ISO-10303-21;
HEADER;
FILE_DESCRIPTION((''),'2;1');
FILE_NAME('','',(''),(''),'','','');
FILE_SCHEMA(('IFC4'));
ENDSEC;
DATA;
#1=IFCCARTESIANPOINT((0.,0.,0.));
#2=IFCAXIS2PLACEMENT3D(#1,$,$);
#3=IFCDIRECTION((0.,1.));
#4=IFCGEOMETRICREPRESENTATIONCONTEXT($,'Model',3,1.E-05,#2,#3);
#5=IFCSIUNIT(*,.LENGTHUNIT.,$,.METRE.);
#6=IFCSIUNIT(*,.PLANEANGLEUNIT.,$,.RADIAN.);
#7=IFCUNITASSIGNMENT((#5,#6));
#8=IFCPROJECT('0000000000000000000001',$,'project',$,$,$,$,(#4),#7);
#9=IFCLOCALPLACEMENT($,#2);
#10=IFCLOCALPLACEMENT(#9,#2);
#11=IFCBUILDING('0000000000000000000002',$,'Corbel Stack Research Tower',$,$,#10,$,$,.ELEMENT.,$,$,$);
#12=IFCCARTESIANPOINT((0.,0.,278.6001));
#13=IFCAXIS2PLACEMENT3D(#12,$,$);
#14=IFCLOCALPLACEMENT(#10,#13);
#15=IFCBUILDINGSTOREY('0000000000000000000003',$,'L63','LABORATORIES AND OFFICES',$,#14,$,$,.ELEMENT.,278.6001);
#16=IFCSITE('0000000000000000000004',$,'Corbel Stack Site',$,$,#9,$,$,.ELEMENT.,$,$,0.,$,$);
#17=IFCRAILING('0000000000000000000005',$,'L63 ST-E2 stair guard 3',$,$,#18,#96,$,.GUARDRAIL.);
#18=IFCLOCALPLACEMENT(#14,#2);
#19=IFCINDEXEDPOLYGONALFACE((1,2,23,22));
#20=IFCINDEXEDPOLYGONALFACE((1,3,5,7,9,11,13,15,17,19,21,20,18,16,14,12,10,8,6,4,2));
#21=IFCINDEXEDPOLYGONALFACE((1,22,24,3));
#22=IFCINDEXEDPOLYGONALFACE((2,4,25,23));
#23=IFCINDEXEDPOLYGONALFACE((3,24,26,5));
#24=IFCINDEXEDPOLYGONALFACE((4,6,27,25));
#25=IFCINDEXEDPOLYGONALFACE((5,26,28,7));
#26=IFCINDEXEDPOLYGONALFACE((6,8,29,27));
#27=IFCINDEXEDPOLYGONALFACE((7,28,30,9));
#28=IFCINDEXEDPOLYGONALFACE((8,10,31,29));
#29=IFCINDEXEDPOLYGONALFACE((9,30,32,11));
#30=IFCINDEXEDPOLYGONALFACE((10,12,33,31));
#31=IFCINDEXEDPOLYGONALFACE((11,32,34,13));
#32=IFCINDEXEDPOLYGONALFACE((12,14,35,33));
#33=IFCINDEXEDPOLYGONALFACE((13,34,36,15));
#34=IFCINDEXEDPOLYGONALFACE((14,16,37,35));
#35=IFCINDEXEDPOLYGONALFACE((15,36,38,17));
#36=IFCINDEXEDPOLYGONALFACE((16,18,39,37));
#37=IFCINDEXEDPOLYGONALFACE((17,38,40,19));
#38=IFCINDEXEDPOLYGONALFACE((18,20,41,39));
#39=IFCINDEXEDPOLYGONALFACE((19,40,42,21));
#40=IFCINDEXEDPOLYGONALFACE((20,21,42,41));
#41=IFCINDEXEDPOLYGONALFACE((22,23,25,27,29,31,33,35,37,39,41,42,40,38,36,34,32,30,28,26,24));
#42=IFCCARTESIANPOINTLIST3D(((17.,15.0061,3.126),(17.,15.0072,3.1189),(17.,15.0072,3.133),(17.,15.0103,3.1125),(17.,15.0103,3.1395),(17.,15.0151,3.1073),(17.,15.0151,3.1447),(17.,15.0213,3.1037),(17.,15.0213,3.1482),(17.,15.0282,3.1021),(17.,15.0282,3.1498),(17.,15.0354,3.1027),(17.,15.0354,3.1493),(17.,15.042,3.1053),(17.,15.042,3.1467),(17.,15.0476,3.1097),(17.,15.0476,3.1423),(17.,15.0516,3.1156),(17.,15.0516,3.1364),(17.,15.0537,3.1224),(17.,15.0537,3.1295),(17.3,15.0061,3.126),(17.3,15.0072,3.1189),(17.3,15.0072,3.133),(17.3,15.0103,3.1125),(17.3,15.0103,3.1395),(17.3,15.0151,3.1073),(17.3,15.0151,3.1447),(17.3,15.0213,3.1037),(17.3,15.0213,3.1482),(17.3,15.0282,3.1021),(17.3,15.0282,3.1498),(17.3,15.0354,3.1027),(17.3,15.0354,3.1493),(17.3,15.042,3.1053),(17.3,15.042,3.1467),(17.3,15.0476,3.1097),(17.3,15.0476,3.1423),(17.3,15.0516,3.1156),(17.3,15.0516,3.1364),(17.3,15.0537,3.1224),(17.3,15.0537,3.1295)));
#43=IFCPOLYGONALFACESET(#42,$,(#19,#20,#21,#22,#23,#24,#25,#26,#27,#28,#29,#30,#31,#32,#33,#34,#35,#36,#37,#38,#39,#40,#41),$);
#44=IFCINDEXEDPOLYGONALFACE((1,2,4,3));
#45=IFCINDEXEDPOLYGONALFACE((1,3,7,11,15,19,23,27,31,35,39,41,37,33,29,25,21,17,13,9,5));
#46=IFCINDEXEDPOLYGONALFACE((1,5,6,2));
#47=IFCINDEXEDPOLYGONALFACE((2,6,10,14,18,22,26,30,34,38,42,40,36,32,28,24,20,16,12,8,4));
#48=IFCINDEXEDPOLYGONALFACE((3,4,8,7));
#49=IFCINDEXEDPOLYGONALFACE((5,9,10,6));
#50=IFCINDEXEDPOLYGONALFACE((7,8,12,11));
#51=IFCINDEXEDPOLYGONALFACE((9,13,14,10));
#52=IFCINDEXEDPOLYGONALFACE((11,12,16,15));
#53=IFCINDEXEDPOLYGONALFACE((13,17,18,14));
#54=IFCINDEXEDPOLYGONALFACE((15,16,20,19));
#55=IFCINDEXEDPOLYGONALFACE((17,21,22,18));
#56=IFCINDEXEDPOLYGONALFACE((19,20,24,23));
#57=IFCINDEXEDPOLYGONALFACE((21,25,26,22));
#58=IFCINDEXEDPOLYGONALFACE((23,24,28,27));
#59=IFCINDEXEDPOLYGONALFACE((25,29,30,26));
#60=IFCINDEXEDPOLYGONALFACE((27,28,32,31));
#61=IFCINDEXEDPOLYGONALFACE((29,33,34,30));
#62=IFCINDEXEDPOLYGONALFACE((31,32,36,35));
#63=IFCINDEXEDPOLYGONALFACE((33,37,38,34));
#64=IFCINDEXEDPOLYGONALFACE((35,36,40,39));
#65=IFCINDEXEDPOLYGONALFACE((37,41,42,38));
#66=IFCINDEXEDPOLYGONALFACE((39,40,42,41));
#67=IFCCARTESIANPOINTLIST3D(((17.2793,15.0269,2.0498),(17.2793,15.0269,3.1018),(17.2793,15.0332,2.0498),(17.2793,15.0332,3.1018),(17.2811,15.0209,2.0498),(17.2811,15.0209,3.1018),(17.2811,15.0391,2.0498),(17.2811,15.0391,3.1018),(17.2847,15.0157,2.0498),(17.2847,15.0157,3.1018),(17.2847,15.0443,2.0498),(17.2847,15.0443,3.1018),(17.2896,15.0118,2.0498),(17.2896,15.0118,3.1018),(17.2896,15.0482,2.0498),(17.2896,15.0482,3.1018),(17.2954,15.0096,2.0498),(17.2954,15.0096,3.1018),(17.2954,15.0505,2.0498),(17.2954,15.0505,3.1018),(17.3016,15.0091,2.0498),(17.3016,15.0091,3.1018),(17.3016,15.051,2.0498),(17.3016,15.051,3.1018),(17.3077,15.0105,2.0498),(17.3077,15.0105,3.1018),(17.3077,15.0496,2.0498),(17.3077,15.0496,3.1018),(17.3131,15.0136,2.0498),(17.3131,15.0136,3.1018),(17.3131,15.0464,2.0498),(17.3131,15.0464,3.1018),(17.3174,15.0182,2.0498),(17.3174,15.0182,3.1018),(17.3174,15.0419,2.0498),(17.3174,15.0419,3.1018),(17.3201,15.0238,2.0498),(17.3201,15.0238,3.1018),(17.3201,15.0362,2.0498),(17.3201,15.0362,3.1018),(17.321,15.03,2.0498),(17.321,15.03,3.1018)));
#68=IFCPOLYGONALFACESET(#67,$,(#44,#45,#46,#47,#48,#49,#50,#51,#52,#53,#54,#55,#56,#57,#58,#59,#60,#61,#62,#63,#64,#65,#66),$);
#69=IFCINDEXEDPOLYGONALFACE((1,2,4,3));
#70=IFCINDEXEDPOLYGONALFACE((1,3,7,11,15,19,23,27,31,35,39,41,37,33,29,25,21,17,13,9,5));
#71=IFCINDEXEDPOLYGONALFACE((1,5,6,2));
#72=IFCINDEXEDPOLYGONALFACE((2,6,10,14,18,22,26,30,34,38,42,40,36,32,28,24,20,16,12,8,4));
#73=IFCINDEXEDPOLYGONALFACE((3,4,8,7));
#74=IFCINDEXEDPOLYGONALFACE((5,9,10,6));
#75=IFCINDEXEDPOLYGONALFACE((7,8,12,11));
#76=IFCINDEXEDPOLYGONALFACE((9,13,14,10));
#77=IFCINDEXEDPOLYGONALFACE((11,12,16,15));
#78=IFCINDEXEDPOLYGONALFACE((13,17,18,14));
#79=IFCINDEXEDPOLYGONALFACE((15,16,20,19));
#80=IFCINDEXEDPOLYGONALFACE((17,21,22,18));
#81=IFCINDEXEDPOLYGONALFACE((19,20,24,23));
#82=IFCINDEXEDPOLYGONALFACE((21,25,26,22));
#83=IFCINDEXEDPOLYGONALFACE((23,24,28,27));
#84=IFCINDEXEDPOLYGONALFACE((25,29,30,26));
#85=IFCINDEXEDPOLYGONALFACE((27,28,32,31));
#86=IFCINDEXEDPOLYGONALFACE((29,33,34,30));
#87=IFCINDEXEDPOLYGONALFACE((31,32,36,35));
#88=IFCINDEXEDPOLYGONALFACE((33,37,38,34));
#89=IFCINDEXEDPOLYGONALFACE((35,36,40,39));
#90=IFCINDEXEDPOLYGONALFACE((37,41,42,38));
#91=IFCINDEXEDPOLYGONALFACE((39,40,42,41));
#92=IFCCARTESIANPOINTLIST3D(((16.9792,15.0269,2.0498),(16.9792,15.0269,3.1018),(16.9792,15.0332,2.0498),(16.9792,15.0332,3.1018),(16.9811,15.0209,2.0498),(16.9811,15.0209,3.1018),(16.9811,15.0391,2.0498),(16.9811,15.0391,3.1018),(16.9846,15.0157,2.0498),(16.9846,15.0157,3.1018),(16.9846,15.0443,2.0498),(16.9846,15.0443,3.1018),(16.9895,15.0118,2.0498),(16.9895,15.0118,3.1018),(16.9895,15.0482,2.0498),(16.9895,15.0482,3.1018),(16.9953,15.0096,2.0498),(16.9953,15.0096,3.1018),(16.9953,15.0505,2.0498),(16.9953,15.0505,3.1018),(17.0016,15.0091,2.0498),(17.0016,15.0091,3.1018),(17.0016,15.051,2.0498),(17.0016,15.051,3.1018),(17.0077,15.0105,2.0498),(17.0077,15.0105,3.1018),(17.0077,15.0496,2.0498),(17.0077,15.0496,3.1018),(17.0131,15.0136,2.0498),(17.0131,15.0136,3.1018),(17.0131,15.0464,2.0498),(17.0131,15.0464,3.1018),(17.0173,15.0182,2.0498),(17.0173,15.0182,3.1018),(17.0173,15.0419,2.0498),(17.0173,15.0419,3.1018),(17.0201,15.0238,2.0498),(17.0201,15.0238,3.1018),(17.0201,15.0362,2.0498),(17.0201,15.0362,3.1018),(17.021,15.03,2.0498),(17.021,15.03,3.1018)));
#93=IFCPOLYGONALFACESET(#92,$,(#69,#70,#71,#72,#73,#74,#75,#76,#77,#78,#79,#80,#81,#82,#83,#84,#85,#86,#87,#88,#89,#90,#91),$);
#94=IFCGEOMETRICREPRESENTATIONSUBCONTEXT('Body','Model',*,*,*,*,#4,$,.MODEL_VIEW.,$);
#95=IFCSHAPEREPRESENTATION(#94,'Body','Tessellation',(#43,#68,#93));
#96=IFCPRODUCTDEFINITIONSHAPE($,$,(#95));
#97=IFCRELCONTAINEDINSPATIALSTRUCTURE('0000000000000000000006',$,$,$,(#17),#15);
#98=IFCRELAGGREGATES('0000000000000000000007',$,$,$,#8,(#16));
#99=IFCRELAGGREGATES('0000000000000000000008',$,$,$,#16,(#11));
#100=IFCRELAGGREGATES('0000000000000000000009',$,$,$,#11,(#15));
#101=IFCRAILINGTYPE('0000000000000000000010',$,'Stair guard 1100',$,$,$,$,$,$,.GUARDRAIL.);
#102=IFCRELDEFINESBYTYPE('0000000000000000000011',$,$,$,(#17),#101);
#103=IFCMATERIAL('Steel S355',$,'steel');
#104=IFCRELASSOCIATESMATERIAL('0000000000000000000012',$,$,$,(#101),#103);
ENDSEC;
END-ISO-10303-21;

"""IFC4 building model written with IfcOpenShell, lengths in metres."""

from ifc_helpers import new_model, si_unit, direction, frame, origin, origin_2d, place, context, subcontext, project, spatial, circle, extrude, material, type_object, element, save


model = new_model("IFC4")

# Units and contexts
model_context = context("Model", 3, precision=1e-05, world=origin(), true_north=direction((0.0, 1.0)))
body_context = subcontext(model_context, "Body", "Model", "MODEL_VIEW")
ifc_project = project(units=[si_unit("LENGTHUNIT", "METRE"), si_unit("PLANEANGLEUNIT", "RADIAN")], contexts=[model_context])

# Site, building, storey
site_placement = place(None, origin())
site = spatial("IfcSite", under=ifc_project, at=site_placement, Name="Corbel Stack Site", CompositionType="ELEMENT", RefElevation=0.0)
building_placement = place(site_placement, origin())
building = spatial("IfcBuilding", under=site, at=building_placement, Name="Corbel Stack Research Tower", CompositionType="ELEMENT")
storey_placement = place(building_placement, frame((0.0, 0.0, 278.6001)))
storey = spatial("IfcBuildingStorey", under=building, at=storey_placement, Name="L63", Description="LABORATORIES AND OFFICES", CompositionType="ELEMENT", Elevation=278.6001)

# Railing
ifc_material_1 = material(Name="Steel S355", Category="steel")
railing_type_1 = type_object("IfcRailingType", Name="Stair guard 1100", PredefinedType="GUARDRAIL", material=ifc_material_1)
railing_1_placement = place(storey_placement, frame((17.3, 15.03, 2.0498)))
element("IfcRailing", 1, at=railing_1_placement, inside=storey, type_object=railing_type_1, Name="L63 ST-E2 stair guard 3", PredefinedType="GUARDRAIL", context=body_context, shape_type="SweptSolid", body=[
    extrude(circle(Radius=0.0239, at=origin_2d()), frame((0.0, 0.0, 1.0762), z_axis=(-1.0, 0.0, 0.0), x_axis=(0.0, -1.0, 0.0)), (0.0, 0.0, 1.0), 0.3),
    extrude(circle(Radius=0.021, at=origin_2d()), origin(), (0.0, 0.0, 1.0), 1.052),
    extrude(circle(Radius=0.021, at=origin_2d()), frame((-0.3, 0.0, 0.0)), (0.0, 0.0, 1.0), 1.052),
])

save(model, "model.ifc")
